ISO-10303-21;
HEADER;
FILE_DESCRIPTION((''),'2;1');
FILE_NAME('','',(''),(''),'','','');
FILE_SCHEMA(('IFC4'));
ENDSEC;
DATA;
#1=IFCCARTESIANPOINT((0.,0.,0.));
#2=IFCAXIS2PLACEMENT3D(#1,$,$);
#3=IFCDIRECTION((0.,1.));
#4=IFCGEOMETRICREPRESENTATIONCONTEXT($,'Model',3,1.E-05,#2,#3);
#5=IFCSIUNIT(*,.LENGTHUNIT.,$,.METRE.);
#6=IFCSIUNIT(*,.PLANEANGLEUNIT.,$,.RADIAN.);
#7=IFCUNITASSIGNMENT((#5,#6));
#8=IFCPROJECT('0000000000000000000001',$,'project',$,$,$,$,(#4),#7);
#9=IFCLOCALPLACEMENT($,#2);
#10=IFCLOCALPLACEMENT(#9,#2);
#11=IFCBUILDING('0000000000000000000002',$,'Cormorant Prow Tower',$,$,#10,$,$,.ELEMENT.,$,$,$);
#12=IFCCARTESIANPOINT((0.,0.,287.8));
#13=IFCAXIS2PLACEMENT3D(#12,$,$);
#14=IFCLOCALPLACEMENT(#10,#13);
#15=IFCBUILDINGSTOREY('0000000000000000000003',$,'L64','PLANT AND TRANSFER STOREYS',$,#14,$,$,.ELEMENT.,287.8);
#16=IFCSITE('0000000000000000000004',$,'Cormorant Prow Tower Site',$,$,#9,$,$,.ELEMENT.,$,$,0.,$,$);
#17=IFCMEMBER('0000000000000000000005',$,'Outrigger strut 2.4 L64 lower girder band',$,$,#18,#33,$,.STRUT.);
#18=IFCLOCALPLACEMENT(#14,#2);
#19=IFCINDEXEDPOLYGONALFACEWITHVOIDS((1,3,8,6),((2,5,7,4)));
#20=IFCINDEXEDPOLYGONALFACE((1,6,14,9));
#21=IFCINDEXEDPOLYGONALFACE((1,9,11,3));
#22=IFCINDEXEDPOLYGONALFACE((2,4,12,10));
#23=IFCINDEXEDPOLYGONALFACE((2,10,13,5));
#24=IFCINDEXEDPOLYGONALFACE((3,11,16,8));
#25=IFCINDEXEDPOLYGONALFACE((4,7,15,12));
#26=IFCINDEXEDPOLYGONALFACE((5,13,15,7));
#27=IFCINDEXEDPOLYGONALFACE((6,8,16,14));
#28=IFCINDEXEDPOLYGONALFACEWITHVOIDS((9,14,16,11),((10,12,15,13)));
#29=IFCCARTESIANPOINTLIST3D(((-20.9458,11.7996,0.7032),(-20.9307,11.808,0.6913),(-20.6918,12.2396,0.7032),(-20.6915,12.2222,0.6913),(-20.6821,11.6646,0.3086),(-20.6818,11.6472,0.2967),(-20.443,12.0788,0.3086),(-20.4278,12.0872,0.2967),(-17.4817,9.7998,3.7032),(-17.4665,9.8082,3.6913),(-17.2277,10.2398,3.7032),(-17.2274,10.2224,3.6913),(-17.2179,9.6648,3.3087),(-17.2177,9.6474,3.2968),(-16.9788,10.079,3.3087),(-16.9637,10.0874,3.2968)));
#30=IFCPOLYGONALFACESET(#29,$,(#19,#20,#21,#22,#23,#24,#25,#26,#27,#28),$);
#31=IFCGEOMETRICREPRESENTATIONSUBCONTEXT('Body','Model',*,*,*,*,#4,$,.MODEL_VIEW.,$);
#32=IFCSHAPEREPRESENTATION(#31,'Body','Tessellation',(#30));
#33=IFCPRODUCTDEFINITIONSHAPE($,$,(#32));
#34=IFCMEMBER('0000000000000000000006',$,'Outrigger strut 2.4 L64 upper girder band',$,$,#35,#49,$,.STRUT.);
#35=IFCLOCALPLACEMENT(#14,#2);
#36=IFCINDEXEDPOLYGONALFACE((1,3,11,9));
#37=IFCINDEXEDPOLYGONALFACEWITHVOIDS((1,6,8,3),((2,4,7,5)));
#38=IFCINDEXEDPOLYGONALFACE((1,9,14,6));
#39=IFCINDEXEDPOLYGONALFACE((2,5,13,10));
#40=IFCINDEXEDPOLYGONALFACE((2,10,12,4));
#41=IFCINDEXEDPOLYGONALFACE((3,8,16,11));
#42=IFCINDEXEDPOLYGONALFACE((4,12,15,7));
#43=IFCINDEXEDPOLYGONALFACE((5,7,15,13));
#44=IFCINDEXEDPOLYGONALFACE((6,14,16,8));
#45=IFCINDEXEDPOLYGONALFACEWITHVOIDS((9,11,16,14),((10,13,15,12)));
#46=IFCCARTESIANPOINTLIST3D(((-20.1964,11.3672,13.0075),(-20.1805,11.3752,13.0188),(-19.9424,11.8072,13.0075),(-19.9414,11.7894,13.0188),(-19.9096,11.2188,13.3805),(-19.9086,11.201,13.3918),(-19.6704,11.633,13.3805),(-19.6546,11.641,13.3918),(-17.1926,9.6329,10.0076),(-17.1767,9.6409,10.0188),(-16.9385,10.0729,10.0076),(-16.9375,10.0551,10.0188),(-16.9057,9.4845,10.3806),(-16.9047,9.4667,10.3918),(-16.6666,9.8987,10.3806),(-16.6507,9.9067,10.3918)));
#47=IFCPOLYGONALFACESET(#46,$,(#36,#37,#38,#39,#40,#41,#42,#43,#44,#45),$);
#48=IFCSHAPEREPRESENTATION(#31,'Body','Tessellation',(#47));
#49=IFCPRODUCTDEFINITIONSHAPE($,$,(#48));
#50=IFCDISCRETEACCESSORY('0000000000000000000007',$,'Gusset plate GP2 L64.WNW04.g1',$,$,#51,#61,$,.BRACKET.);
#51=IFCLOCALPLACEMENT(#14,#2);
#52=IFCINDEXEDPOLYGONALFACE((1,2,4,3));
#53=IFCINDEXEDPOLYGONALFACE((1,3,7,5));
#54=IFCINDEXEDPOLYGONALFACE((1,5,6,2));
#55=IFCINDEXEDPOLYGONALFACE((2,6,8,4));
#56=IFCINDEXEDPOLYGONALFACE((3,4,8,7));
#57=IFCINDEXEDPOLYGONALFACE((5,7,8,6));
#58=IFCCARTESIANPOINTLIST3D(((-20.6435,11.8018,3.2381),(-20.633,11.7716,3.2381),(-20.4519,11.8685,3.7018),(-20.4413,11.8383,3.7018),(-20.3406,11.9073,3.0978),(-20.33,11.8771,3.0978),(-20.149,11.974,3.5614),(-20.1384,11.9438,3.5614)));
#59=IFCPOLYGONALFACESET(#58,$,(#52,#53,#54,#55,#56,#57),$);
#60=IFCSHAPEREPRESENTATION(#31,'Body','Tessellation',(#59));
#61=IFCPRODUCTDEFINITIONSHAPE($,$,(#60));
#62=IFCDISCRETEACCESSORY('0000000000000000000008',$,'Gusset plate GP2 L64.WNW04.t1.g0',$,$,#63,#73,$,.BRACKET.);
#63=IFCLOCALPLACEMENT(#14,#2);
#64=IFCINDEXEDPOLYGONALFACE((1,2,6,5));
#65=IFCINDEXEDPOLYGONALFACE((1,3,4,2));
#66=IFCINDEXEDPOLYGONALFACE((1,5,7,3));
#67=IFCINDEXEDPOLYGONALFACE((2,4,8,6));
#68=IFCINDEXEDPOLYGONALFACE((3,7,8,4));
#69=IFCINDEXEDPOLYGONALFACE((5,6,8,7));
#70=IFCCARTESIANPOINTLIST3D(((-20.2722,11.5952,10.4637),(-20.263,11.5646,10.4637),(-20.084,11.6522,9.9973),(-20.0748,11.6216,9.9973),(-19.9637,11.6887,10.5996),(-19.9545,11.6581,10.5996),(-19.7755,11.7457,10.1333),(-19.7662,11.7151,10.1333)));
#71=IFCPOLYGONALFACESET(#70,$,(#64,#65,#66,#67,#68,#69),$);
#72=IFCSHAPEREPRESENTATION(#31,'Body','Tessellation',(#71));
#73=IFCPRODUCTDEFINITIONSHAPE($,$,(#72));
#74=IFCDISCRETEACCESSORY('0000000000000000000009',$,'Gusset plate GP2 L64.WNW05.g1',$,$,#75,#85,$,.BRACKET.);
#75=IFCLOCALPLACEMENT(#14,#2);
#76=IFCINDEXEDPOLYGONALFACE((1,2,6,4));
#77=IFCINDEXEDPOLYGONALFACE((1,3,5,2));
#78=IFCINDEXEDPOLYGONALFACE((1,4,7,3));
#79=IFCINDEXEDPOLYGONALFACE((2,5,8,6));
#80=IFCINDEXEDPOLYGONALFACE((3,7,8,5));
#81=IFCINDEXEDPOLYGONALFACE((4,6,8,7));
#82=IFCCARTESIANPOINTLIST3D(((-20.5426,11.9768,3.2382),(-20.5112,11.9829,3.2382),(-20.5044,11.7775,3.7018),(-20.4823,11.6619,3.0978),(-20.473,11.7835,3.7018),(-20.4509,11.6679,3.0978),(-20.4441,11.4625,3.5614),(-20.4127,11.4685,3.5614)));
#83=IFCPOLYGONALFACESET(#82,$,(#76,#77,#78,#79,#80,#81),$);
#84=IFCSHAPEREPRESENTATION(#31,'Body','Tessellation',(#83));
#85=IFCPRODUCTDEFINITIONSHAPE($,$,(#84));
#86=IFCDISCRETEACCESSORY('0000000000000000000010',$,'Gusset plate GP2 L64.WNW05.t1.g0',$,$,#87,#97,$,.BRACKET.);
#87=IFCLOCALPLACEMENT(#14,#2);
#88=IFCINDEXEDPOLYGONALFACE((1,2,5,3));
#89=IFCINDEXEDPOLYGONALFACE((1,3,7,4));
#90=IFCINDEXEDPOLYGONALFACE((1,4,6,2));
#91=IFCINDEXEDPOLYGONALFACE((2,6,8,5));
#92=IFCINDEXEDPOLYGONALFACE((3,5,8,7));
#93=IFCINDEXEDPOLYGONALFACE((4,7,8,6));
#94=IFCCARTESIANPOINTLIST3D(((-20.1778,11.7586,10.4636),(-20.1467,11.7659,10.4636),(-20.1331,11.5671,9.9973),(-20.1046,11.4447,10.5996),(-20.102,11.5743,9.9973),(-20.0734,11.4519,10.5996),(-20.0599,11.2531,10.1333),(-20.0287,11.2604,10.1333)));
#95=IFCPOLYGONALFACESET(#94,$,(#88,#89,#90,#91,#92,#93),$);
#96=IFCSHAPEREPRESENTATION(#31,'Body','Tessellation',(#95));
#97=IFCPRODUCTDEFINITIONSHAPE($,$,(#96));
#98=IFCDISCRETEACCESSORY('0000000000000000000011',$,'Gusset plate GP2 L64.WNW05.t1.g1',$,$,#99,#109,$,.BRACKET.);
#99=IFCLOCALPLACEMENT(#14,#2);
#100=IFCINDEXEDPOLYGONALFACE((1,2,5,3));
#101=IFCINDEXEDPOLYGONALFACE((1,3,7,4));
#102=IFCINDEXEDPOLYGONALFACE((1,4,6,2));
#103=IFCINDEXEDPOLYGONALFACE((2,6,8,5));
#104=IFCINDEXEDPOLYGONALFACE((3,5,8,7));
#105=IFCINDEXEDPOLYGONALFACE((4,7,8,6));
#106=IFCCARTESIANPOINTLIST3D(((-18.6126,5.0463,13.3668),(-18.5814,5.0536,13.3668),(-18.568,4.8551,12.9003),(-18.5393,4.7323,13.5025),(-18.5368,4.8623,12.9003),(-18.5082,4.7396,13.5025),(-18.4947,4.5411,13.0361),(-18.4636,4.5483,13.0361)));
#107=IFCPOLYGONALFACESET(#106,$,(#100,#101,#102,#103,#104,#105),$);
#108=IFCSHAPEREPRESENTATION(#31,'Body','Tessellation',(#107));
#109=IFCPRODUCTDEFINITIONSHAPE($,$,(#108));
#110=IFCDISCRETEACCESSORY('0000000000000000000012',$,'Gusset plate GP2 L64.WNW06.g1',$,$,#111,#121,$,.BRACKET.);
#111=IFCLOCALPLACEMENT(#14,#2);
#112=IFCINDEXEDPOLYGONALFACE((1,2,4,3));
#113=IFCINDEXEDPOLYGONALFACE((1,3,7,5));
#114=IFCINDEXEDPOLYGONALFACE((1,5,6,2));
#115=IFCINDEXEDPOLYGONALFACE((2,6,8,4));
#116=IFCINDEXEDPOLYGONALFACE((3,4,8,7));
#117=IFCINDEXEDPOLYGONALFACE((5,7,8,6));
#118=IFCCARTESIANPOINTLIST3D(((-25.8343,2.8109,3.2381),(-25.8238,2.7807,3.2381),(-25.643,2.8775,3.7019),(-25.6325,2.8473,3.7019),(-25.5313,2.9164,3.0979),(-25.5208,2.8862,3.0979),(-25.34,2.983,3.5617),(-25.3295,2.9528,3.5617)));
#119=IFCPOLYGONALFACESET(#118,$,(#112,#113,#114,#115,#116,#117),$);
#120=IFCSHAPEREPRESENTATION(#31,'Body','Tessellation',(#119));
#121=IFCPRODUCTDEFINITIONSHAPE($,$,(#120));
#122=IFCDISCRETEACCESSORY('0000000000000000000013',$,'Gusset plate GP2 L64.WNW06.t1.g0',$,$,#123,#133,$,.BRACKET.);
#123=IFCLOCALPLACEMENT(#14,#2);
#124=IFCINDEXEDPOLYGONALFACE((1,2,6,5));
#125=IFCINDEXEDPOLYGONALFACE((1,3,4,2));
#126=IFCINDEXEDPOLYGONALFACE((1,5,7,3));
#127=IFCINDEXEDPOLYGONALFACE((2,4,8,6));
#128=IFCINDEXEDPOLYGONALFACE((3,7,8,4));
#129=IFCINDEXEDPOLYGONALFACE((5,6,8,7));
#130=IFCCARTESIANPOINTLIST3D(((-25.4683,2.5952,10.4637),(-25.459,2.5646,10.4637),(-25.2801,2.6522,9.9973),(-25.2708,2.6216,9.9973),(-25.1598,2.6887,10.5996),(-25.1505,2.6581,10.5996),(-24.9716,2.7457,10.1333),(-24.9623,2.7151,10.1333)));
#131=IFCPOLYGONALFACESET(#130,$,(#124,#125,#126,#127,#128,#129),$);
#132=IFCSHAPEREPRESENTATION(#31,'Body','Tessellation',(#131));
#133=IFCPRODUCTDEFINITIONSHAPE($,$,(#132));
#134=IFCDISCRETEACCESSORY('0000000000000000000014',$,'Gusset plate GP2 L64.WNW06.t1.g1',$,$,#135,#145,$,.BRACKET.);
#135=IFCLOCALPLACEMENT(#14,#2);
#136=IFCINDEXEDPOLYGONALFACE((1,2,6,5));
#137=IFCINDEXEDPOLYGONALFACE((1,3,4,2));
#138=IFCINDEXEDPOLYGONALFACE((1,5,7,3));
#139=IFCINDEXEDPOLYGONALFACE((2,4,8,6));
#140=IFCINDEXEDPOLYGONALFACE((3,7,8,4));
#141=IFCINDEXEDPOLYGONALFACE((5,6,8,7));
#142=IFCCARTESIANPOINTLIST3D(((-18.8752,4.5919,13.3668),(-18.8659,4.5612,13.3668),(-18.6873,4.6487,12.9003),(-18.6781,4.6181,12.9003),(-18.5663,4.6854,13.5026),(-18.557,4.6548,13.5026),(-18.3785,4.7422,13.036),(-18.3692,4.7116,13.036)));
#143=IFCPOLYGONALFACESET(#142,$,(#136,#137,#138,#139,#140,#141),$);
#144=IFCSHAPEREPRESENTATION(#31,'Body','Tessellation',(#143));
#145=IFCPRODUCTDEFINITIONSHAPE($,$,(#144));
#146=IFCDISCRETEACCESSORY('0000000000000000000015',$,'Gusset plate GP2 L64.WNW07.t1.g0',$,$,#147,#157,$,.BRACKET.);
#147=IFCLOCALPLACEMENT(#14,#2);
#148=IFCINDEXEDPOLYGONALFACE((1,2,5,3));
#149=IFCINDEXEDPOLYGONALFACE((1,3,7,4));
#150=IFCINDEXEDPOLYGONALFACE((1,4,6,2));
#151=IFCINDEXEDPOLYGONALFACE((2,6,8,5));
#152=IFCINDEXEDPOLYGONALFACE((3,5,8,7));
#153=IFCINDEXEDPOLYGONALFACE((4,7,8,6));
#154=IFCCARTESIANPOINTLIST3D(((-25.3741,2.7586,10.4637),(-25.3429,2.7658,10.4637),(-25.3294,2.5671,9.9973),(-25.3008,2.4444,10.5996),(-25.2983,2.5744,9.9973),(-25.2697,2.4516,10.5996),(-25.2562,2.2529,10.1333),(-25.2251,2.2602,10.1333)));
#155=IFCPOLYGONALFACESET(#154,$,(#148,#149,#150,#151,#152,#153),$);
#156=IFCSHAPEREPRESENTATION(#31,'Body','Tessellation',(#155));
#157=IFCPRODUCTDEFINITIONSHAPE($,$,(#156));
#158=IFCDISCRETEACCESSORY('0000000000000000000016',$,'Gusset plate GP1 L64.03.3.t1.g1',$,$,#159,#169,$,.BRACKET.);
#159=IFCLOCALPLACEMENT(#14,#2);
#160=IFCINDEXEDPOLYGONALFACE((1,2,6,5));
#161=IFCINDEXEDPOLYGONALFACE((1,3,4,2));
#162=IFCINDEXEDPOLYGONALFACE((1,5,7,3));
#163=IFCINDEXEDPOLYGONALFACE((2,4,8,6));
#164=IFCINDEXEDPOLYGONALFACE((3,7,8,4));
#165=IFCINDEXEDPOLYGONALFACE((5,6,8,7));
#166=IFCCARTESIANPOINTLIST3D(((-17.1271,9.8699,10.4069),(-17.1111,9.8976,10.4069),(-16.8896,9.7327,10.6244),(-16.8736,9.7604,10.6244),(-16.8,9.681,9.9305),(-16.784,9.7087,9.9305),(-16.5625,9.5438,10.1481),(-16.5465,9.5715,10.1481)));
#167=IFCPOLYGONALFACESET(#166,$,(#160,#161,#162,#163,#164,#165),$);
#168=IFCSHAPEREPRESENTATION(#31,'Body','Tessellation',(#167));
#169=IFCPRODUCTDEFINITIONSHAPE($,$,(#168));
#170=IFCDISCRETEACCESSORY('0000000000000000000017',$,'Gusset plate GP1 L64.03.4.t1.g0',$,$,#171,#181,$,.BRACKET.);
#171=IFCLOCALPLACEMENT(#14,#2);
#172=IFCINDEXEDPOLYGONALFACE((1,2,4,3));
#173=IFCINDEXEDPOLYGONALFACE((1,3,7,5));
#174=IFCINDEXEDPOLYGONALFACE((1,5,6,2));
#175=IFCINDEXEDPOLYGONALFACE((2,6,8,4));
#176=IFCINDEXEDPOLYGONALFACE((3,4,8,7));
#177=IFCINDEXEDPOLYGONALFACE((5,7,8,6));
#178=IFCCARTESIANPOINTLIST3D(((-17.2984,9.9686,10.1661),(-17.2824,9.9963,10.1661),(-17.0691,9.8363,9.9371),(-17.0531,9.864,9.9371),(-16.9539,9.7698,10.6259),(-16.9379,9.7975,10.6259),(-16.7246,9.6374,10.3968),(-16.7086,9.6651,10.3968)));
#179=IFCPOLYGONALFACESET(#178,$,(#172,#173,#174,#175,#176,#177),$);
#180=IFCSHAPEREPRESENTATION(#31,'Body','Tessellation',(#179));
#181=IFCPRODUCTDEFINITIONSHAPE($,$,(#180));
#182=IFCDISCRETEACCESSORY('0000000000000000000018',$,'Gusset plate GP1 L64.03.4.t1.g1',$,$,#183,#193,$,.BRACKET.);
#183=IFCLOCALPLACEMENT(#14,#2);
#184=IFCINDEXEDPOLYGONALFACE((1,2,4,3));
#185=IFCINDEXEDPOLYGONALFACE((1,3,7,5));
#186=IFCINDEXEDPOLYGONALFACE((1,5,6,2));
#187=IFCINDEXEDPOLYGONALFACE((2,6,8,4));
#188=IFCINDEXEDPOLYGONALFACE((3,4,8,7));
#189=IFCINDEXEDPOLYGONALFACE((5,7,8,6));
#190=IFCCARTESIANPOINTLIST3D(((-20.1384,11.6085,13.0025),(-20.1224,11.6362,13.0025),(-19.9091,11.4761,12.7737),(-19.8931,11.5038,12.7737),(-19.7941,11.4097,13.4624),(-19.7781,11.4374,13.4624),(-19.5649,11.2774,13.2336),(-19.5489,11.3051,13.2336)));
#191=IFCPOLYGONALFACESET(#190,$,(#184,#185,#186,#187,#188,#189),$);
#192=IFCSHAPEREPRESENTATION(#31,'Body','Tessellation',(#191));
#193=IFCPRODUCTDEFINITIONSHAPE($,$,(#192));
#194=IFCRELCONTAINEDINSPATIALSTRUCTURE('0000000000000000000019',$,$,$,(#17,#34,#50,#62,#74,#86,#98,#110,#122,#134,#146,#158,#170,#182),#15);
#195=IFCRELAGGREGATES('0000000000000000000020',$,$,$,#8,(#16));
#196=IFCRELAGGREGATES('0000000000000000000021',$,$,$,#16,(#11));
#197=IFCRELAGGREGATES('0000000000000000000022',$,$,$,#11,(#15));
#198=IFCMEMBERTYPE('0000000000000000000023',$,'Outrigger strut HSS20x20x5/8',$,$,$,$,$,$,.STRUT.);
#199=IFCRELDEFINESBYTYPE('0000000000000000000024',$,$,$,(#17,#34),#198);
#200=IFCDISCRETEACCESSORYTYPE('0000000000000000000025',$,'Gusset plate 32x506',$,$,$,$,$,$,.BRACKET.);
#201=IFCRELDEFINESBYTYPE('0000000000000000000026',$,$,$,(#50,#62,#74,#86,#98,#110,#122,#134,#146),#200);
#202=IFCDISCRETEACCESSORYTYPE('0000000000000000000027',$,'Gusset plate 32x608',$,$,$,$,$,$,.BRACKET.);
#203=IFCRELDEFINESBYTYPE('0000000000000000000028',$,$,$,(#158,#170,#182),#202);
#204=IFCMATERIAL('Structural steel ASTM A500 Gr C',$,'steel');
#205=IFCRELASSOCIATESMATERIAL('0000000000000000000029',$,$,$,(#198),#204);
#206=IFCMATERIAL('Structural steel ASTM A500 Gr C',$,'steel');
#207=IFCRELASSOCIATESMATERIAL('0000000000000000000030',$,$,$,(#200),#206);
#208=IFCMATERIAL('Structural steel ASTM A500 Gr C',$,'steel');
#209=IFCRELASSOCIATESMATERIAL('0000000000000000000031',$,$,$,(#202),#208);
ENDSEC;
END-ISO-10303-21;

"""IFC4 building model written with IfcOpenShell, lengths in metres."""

from ifc_helpers import new_model, si_unit, direction, frame, origin, origin_2d, place, context, subcontext, project, spatial, rectangle, hollow_rectangle, extrude, material, material_profile, profile_set, type_object, element, save


model = new_model("IFC4")

# Units and contexts
model_context = context("Model", 3, precision=1e-05, world=origin(), true_north=direction((0.0, 1.0)))
body_context = subcontext(model_context, "Body", "Model", "MODEL_VIEW")
ifc_project = project(units=[si_unit("LENGTHUNIT", "METRE"), si_unit("PLANEANGLEUNIT", "RADIAN")], contexts=[model_context])

# Site, building, storey
site_placement = place(None, origin())
site = spatial("IfcSite", under=ifc_project, at=site_placement, Name="Cormorant Prow Tower Site", CompositionType="ELEMENT", RefElevation=0.0)
building_placement = place(site_placement, origin())
building = spatial("IfcBuilding", under=site, at=building_placement, Name="Cormorant Prow Tower", CompositionType="ELEMENT")
storey_placement = place(building_placement, frame((0.0, 0.0, 287.8)))
storey = spatial("IfcBuildingStorey", under=building, at=storey_placement, Name="L64", Description="PLANT AND TRANSFER STOREYS", CompositionType="ELEMENT", Elevation=287.8)

# Members
ifc_material_1 = material(Name="Structural steel ASTM A500 Gr C", Category="steel")
ifc_material_profile_1 = material_profile(ifc_material_1, hollow_rectangle(XDim=0.5081, YDim=0.5081, WallThickness=0.0149, at=origin_2d()), Name="HSS20x20x5/8")
ifc_profile_set_1 = profile_set([ifc_material_profile_1], Name="Structural steel ASTM A500 Gr C")
member_type_1 = type_object("IfcMemberType", Name="Outrigger strut HSS20x20x5/8", PredefinedType="STRUT", material=ifc_profile_set_1)
member_1_placement = place(storey_placement, frame((-17.2227, 9.9436, 3.5), z_axis=(-0.692835, 0.399958, -0.600011), x_axis=(-0.499953, -0.866052, 0.0)))
element("IfcMember", 1, at=member_1_placement, inside=storey, type_object=member_type_1, Name="Outrigger strut 2.4 L64 lower girder band", PredefinedType="STRUT", context=body_context, shape_type="SweptSolid", body=[
    extrude(hollow_rectangle(XDim=0.5081, YDim=0.5081, WallThickness=0.0149, at=origin_2d()), origin(), (0.0, 0.0, 1.0), 5.0),
])
member_2_placement = place(storey_placement, frame((-16.9216, 9.7698, 10.1997), z_axis=(-0.655015, 0.378188, 0.654163), x_axis=(-0.500015, -0.866017, 0.0)))
element("IfcMember", 2, at=member_2_placement, inside=storey, type_object=member_type_1, Name="Outrigger strut 2.4 L64 upper girder band", PredefinedType="STRUT", context=body_context, shape_type="SweptSolid", body=[
    extrude(hollow_rectangle(XDim=0.5081, YDim=0.5081, WallThickness=0.0149, at=origin_2d()), origin(), (0.0, 0.0, 1.0), 4.5859),
])

# Discrete accessories
ifc_material_2 = material(Name="Structural steel ASTM A500 Gr C", Category="steel")
ifc_material_profile_2 = material_profile(ifc_material_2, rectangle(XDim=0.032, YDim=0.5061, at=origin_2d()), Name="Gusset plate 32x506")
ifc_profile_set_2 = profile_set([ifc_material_profile_2], Name="Structural steel ASTM A500 Gr C")
discrete_accessory_type_1 = type_object("IfcDiscreteAccessoryType", Name="Gusset plate 32x506", PredefinedType="BRACKET", material=ifc_profile_set_2)
discrete_accessory_1_placement = place(storey_placement, frame((-20.2395, 11.9255, 3.3296), z_axis=(-0.865207, -0.301184, 0.400881), x_axis=(0.328757, -0.944415, 0.0)))
element("IfcDiscreteAccessory", 3, at=discrete_accessory_1_placement, inside=storey, type_object=discrete_accessory_type_1, Name="Gusset plate GP2 L64.WNW04.g1", PredefinedType="BRACKET", context=body_context, shape_type="SweptSolid", body=[
    extrude(rectangle(XDim=0.032, YDim=0.5061, at=origin_2d()), origin(), (0.0, 0.0, 1.0), 0.3501),
])
discrete_accessory_2_placement = place(storey_placement, frame((-19.865, 11.7019, 10.3665), z_axis=(-0.88182, -0.267197, -0.388587), x_axis=(0.289986, -0.957031, 0.0)))
element("IfcDiscreteAccessory", 4, at=discrete_accessory_2_placement, inside=storey, type_object=discrete_accessory_type_1, Name="Gusset plate GP2 L64.WNW04.t1.g0", PredefinedType="BRACKET", context=body_context, shape_type="SweptSolid", body=[
    extrude(rectangle(XDim=0.032, YDim=0.5061, at=origin_2d()), origin(), (0.0, 0.0, 1.0), 0.3499),
])
discrete_accessory_3_placement = place(storey_placement, frame((-20.4475, 11.5652, 3.3296), z_axis=(-0.172272, 0.899718, 0.401037), x_axis=(-0.982158, -0.188057, 0.0)))
element("IfcDiscreteAccessory", 5, at=discrete_accessory_3_placement, inside=storey, type_object=discrete_accessory_type_1, Name="Gusset plate GP2 L64.WNW05.g1", PredefinedType="BRACKET", context=body_context, shape_type="SweptSolid", body=[
    extrude(rectangle(XDim=0.032, YDim=0.5061, at=origin_2d()), origin(), (0.0, 0.0, 1.0), 0.3501),
])
for number, where, z_axis, x_axis, name in (
    (6, (-20.0667, 11.3525, 10.3665), (-0.209323, 0.897297, -0.388642), (-0.973852, -0.227182, 0.0), "Gusset plate GP2 L64.WNW05.t1.g0"),
    (7, (-18.5747, 4.9543, 13.1335), (0.209379, -0.89754, 0.38805), (0.973852, 0.227182, 0.0), "Gusset plate GP2 L64.WNW05.t1.g1"),
):
    element("IfcDiscreteAccessory", number, at=place(storey_placement, frame(where, z_axis=z_axis, x_axis=x_axis)), inside=storey, type_object=discrete_accessory_type_1, Name=name, PredefinedType="BRACKET", context=body_context, shape_type="SweptSolid", body=[
        extrude(rectangle(XDim=0.032, YDim=0.5061, at=origin_2d()), origin(), (0.0, 0.0, 1.0), 0.3499),
    ])
discrete_accessory_4_placement = place(storey_placement, frame((-25.4304, 2.9346, 3.3298), z_axis=(-0.865448, -0.301268, 0.400296), x_axis=(0.328757, -0.944415, 0.0)))
element("IfcDiscreteAccessory", 8, at=discrete_accessory_4_placement, inside=storey, type_object=discrete_accessory_type_1, Name="Gusset plate GP2 L64.WNW06.g1", PredefinedType="BRACKET", context=body_context, shape_type="SweptSolid", body=[
    extrude(rectangle(XDim=0.032, YDim=0.5061, at=origin_2d()), origin(), (0.0, 0.0, 1.0), 0.3501),
])
discrete_accessory_5_placement = place(storey_placement, frame((-25.061, 2.7019, 10.3665), z_axis=(-0.88182, -0.267197, -0.388587), x_axis=(0.289986, -0.957031, 0.0)))
element("IfcDiscreteAccessory", 9, at=discrete_accessory_5_placement, inside=storey, type_object=discrete_accessory_type_1, Name="Gusset plate GP2 L64.WNW06.t1.g0", PredefinedType="BRACKET", context=body_context, shape_type="SweptSolid", body=[
    extrude(rectangle(XDim=0.032, YDim=0.5061, at=origin_2d()), origin(), (0.0, 0.0, 1.0), 0.3499),
])
for number, where, z_axis, x_axis, name in (
    (10, (-18.7766, 4.605, 13.1335), (0.882213, 0.267105, 0.387755), (-0.289776, 0.957094, 0.0), "Gusset plate GP2 L64.WNW06.t1.g1"),
    (11, (-25.2629, 2.3523, 10.3665), (-0.209192, 0.897432, -0.388399), (-0.973891, -0.227014, 0.0), "Gusset plate GP2 L64.WNW07.t1.g0"),
):
    element("IfcDiscreteAccessory", number, at=place(storey_placement, frame(where, z_axis=z_axis, x_axis=x_axis)), inside=storey, type_object=discrete_accessory_type_1, Name=name, PredefinedType="BRACKET", context=body_context, shape_type="SweptSolid", body=[
        extrude(rectangle(XDim=0.032, YDim=0.5061, at=origin_2d()), origin(), (0.0, 0.0, 1.0), 0.3501),
    ])
ifc_material_3 = material(Name="Structural steel ASTM A500 Gr C", Category="steel")
ifc_material_profile_3 = material_profile(ifc_material_3, rectangle(XDim=0.032, YDim=0.6079, at=origin_2d()), Name="Gusset plate 32x608")
ifc_profile_set_3 = profile_set([ifc_material_profile_3], Name="Structural steel ASTM A500 Gr C")
discrete_accessory_type_2 = type_object("IfcDiscreteAccessoryType", Name="Gusset plate 32x608", PredefinedType="BRACKET", material=ifc_profile_set_3)
for number, where, z_axis, x_axis, name in (
    (12, (-16.718, 9.6521, 10.3862), (-0.678505, 0.391901, -0.621324), (-0.500159, -0.865934, 0.0), "Gusset plate GP1 L64.03.3.t1.g1"),
    (13, (-17.1182, 9.8831, 10.396), (0.654975, -0.378058, -0.654278), (0.499909, 0.866078, 0.0), "Gusset plate GP1 L64.03.4.t1.g0"),
):
    element("IfcDiscreteAccessory", number, at=place(storey_placement, frame(where, z_axis=z_axis, x_axis=x_axis)), inside=storey, type_object=discrete_accessory_type_2, Name=name, PredefinedType="BRACKET", context=body_context, shape_type="SweptSolid", body=[
        extrude(rectangle(XDim=0.032, YDim=0.6079, at=origin_2d()), origin(), (0.0, 0.0, 1.0), 0.3501),
    ])
discrete_accessory_6_placement = place(storey_placement, frame((-19.729, 11.3906, 13.0037), z_axis=(-0.655274, 0.378231, 0.653879), x_axis=(-0.499909, -0.866078, 0.0)))
element("IfcDiscreteAccessory", 14, at=discrete_accessory_6_placement, inside=storey, type_object=discrete_accessory_type_2, Name="Gusset plate GP1 L64.03.4.t1.g1", PredefinedType="BRACKET", context=body_context, shape_type="SweptSolid", body=[
    extrude(rectangle(XDim=0.032, YDim=0.6079, at=origin_2d()), origin(), (0.0, 0.0, 1.0), 0.3499),
])

save(model, "model.ifc")
